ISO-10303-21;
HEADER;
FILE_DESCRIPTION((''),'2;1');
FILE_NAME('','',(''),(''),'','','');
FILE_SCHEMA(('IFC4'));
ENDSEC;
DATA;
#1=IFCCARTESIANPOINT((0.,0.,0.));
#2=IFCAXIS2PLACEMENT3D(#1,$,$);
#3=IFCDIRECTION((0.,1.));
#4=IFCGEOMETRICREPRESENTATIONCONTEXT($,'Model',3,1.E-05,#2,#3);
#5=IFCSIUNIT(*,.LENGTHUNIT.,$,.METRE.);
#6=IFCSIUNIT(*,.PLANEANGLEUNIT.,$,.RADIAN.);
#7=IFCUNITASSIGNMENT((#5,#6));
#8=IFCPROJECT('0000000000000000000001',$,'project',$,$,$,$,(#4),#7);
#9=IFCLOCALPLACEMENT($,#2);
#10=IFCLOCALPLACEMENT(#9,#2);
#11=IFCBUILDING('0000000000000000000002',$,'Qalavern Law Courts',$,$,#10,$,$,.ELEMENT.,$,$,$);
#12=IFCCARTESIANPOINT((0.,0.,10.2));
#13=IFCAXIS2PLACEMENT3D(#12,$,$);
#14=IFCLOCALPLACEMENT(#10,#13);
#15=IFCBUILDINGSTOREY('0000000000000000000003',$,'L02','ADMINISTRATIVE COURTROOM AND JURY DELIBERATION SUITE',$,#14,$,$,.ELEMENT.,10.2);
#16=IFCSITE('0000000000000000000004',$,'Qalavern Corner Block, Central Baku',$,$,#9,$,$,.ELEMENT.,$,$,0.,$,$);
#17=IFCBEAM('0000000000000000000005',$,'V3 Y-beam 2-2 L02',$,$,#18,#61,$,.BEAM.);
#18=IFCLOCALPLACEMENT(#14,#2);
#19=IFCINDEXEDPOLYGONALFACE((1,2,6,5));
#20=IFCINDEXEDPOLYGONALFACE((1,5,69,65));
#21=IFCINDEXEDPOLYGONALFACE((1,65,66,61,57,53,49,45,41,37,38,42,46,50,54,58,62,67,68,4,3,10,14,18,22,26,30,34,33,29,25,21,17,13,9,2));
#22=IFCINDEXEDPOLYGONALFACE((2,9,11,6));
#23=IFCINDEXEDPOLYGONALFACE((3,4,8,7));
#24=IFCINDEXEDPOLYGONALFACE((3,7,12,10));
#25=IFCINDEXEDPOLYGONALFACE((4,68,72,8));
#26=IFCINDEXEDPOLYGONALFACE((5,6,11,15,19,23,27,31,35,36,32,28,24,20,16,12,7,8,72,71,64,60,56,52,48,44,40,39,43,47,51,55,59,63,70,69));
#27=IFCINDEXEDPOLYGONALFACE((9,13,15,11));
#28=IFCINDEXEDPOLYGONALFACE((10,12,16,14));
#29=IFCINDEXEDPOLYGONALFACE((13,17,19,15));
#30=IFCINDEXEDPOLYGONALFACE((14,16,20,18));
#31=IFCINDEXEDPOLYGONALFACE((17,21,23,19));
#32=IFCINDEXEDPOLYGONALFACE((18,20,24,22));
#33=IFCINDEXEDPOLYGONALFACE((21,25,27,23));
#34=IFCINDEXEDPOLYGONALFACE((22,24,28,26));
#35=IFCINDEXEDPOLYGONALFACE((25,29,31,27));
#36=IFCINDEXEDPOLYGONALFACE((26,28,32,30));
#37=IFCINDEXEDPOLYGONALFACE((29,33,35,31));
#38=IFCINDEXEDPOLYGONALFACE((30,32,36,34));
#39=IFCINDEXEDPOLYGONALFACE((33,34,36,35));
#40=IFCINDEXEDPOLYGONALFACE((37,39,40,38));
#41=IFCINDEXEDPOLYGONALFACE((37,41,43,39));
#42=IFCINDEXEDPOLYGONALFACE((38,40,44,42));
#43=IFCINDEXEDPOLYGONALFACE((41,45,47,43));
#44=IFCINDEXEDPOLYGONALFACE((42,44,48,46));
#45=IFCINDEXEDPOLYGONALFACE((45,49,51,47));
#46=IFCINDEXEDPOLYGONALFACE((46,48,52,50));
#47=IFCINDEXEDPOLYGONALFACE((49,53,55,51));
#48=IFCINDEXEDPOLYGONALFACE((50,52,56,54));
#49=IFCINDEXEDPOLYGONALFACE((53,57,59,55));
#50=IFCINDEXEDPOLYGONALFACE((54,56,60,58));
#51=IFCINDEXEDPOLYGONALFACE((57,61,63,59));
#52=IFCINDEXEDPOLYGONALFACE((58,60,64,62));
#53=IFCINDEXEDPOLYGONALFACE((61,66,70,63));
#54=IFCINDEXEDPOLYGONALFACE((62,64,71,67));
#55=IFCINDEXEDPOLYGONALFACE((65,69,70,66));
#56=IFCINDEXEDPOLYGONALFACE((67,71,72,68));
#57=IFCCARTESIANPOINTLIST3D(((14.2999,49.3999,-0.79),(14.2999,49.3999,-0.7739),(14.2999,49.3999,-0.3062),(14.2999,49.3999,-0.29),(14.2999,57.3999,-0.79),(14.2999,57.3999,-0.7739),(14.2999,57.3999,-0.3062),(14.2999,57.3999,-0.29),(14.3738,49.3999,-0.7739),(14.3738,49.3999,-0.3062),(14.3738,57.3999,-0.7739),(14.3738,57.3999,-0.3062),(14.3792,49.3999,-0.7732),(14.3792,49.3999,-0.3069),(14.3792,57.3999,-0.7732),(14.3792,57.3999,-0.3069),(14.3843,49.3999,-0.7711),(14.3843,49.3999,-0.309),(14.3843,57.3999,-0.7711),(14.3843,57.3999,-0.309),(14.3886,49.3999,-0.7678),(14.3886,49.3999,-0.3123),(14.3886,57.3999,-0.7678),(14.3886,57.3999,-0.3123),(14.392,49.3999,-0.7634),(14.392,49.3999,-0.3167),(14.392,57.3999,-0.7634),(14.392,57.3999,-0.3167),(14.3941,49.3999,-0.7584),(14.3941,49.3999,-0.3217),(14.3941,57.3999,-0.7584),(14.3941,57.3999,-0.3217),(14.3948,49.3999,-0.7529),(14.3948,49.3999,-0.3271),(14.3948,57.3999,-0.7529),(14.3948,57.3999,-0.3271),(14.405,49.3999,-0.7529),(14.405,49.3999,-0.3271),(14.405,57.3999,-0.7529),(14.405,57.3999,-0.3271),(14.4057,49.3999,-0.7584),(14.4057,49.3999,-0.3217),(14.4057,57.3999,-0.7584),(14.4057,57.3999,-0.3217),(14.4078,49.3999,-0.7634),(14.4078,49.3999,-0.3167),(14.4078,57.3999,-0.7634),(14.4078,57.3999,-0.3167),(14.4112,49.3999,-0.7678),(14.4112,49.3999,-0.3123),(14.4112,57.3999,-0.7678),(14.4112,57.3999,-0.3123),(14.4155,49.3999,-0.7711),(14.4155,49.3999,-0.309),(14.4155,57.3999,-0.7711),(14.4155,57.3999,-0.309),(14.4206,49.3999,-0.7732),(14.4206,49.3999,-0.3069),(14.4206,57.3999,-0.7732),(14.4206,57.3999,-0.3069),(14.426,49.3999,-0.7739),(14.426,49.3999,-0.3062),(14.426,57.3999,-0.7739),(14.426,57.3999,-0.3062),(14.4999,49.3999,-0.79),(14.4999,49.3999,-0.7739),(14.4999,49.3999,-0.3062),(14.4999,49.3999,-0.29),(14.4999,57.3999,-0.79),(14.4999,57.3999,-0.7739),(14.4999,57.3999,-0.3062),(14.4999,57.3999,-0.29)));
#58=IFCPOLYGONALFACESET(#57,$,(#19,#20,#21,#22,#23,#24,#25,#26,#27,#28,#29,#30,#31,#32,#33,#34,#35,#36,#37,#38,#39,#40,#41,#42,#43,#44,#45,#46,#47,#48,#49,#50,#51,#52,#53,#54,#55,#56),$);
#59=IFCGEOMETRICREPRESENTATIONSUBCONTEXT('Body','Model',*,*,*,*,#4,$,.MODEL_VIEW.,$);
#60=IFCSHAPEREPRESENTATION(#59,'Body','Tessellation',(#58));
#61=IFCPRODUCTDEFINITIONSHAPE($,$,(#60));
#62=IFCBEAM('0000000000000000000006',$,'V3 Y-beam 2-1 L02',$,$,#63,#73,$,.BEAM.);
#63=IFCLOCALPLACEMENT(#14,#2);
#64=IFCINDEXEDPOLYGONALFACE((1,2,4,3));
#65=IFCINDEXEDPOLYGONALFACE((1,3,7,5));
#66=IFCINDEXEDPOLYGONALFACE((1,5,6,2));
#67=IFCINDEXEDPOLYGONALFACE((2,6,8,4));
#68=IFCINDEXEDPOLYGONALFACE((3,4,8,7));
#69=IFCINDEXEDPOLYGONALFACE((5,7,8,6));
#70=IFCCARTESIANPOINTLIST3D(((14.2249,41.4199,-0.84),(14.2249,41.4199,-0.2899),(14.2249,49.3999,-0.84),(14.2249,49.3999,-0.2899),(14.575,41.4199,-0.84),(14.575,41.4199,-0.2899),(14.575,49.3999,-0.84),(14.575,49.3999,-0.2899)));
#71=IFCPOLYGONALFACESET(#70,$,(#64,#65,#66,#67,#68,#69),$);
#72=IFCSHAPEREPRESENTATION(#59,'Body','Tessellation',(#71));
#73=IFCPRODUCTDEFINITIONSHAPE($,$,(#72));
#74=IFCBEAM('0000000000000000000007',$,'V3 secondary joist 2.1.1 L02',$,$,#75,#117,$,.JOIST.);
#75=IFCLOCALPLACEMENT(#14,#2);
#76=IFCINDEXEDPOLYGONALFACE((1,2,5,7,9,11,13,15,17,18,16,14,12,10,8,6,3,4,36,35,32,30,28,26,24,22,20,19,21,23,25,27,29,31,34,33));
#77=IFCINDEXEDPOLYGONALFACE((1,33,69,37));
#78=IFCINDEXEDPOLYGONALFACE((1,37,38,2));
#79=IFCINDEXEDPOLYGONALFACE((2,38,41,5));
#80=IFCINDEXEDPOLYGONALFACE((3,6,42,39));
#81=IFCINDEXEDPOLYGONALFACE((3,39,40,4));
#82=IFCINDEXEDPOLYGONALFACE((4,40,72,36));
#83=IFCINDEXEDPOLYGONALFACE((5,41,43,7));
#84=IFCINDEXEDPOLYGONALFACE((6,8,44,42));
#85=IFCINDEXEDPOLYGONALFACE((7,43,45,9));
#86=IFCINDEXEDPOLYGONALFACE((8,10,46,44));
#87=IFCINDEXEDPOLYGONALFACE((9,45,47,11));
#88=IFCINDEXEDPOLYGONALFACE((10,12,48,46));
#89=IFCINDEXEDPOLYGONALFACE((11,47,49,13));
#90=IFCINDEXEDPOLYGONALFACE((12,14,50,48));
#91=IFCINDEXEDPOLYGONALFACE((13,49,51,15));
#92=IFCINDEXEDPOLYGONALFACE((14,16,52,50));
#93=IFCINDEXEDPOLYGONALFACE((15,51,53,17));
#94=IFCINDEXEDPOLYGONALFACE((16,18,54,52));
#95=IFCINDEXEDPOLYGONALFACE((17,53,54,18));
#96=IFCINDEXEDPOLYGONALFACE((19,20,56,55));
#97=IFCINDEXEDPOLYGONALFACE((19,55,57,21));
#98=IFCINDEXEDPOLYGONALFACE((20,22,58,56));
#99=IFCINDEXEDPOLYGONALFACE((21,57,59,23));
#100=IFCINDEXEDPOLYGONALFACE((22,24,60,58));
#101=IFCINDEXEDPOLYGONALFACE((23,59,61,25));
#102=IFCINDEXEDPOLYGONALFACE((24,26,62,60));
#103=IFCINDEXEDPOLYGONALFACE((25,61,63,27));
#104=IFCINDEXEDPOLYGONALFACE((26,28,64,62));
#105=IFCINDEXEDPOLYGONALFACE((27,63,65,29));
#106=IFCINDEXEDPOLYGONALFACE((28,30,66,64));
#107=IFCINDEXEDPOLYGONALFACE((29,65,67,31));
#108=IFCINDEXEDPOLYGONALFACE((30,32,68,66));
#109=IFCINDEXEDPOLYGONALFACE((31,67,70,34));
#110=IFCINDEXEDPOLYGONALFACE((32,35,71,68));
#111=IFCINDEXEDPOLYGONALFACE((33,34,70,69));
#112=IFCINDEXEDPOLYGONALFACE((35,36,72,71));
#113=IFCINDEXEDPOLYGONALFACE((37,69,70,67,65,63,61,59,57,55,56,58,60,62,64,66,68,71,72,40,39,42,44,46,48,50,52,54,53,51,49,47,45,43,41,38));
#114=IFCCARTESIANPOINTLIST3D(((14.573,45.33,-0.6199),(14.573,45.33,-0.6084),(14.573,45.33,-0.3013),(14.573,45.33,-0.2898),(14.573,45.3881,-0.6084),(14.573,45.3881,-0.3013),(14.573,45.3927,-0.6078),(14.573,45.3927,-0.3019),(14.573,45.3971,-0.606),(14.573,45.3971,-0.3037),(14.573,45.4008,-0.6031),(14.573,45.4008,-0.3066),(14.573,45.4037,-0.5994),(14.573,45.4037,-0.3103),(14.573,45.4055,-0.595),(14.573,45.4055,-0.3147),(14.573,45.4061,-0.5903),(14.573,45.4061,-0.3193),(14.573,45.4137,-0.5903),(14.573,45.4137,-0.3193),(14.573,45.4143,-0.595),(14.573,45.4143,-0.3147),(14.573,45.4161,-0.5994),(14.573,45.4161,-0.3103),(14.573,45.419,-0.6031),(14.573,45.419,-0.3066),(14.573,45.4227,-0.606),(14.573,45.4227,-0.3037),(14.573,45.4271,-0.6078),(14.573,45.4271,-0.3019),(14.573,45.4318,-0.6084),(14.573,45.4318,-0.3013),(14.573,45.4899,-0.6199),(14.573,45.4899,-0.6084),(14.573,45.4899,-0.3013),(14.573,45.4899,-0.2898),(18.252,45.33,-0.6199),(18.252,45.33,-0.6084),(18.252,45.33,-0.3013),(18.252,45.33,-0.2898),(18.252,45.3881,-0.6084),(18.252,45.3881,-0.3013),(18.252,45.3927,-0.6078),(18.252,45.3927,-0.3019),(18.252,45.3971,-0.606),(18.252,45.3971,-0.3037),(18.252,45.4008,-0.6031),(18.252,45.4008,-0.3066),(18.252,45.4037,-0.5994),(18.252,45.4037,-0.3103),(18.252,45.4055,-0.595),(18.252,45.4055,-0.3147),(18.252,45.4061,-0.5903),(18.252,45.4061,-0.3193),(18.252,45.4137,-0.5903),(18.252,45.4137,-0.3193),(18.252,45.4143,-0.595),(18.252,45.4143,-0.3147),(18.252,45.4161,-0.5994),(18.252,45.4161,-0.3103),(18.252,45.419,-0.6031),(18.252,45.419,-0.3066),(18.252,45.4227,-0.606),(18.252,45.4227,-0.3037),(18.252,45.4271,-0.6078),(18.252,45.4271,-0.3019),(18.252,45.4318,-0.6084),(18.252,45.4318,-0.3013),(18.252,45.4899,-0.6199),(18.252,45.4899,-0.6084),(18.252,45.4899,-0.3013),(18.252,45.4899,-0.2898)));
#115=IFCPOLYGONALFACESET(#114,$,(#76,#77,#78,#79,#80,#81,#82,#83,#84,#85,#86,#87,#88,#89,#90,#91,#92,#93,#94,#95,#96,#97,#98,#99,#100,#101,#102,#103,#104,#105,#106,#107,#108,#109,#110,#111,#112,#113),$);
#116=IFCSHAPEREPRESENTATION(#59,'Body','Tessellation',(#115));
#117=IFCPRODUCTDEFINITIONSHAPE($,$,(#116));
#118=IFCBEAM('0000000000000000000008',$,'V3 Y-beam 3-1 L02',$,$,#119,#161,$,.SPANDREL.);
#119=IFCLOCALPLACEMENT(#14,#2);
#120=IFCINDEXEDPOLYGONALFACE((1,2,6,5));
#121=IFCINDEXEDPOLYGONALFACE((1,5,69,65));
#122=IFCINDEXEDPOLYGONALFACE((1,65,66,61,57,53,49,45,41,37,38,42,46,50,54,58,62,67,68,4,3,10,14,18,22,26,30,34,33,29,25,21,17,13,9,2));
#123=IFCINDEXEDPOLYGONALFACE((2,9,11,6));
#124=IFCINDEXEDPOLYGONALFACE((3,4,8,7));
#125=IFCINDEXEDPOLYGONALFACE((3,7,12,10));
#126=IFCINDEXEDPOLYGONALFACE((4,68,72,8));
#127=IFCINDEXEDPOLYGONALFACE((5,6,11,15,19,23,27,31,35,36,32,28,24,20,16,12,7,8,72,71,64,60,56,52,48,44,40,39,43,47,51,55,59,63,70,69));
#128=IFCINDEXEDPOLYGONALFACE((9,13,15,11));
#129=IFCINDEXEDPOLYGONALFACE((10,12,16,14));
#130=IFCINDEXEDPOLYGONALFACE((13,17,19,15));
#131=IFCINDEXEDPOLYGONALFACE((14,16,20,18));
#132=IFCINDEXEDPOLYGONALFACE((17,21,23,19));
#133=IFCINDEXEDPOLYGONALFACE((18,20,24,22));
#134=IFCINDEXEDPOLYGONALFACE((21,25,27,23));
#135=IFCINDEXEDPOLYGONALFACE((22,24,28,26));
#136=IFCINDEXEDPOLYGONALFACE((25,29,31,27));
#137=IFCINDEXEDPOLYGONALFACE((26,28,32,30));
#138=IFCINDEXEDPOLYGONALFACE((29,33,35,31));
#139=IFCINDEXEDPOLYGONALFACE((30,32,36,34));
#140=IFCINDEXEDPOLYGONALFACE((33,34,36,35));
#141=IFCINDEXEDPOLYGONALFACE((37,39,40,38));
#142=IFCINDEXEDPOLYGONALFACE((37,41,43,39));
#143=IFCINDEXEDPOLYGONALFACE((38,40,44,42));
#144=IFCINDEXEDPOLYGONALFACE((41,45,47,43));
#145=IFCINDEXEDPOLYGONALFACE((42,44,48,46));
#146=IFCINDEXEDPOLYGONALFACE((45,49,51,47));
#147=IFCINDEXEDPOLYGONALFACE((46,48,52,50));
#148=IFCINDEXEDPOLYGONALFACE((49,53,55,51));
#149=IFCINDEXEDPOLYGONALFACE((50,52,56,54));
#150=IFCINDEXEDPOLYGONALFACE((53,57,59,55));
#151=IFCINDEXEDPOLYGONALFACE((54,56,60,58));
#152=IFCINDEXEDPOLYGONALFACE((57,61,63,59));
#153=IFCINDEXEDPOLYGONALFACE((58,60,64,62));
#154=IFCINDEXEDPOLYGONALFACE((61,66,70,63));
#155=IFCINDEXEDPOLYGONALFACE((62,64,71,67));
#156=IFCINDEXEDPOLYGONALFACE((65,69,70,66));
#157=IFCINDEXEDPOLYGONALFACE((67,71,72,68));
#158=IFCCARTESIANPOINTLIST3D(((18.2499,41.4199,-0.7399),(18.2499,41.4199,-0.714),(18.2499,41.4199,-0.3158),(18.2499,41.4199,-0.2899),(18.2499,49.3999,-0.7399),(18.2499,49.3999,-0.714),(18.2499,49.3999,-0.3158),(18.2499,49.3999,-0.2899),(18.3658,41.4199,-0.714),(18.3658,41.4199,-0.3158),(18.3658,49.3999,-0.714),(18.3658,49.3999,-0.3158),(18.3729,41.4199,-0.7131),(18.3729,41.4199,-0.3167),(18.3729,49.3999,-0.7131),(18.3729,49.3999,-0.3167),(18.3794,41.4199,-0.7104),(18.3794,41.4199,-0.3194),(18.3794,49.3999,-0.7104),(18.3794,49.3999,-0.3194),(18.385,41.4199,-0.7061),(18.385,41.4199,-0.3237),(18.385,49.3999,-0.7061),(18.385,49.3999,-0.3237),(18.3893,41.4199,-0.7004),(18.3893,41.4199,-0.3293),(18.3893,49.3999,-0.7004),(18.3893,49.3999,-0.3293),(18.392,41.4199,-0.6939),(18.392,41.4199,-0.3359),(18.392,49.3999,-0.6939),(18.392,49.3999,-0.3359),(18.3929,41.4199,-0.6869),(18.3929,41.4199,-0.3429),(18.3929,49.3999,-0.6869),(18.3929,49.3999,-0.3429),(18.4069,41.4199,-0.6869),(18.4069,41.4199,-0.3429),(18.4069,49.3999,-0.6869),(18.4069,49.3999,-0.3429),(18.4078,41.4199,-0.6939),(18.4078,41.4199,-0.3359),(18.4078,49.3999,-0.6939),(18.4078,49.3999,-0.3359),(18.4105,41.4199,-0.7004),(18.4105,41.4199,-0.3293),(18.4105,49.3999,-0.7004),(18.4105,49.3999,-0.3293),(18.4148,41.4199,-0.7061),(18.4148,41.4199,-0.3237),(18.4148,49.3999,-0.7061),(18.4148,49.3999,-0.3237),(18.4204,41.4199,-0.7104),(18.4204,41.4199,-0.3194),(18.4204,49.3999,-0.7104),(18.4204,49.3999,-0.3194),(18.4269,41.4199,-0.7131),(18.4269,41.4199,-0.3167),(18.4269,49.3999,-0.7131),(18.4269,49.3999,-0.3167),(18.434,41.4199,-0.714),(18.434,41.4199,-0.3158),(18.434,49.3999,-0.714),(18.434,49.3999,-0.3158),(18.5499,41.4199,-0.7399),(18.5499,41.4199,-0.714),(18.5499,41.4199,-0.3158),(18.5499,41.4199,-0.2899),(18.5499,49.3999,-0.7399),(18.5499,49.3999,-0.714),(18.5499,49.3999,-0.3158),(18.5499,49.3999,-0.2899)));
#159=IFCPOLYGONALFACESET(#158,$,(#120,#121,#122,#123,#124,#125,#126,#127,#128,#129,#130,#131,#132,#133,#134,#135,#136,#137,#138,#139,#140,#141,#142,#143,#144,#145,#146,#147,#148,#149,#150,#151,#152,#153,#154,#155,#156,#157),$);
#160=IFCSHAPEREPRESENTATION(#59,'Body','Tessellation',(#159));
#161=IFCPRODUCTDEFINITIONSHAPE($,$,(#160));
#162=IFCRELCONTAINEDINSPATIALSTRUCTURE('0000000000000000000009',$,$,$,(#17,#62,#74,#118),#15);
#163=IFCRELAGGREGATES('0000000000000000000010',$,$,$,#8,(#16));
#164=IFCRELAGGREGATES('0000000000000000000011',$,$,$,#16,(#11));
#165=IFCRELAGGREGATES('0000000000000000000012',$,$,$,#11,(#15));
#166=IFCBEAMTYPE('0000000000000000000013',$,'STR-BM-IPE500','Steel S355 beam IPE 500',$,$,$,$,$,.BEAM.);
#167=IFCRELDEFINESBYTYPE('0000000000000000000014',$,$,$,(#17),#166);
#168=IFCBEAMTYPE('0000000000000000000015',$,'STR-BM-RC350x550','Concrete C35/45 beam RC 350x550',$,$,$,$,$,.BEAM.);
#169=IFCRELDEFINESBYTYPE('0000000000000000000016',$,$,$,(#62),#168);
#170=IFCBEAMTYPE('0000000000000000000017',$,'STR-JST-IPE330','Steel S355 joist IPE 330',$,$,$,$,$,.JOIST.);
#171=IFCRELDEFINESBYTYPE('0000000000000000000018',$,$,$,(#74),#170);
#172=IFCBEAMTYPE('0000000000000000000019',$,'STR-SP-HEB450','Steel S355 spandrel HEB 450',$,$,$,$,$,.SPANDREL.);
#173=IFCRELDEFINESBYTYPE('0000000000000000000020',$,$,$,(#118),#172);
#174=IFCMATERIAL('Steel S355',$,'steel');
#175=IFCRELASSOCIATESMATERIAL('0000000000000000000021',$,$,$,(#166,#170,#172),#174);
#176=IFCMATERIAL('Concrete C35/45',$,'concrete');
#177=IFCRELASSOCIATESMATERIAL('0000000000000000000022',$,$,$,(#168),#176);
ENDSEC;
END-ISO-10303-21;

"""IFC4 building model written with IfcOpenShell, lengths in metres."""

from ifc_helpers import new_model, si_unit, direction, frame, origin, origin_2d, place, context, subcontext, project, spatial, rectangle, i_section, extrude, material, material_profile, profile_set, type_object, element, save


model = new_model("IFC4")

# Units and contexts
model_context = context("Model", 3, precision=1e-05, world=origin(), true_north=direction((0.0, 1.0)))
body_context = subcontext(model_context, "Body", "Model", "MODEL_VIEW")
ifc_project = project(units=[si_unit("LENGTHUNIT", "METRE"), si_unit("PLANEANGLEUNIT", "RADIAN")], contexts=[model_context])

# Site, building, storey
site_placement = place(None, origin())
site = spatial("IfcSite", under=ifc_project, at=site_placement, Name="Qalavern Corner Block, Central Baku", CompositionType="ELEMENT", RefElevation=0.0)
building_placement = place(site_placement, origin())
building = spatial("IfcBuilding", under=site, at=building_placement, Name="Qalavern Law Courts", CompositionType="ELEMENT")
storey_placement = place(building_placement, frame((0.0, 0.0, 10.2)))
storey = spatial("IfcBuildingStorey", under=building, at=storey_placement, Name="L02", Description="ADMINISTRATIVE COURTROOM AND JURY DELIBERATION SUITE", CompositionType="ELEMENT", Elevation=10.2)

# Beams
ifc_material_1 = material(Name="Steel S355", Category="steel")
ifc_material_profile_1 = material_profile(ifc_material_1, i_section(OverallWidth=0.2, OverallDepth=0.5, WebThickness=0.0103, FlangeThickness=0.0161, FilletRadius=0.021, at=origin_2d()), Name="IPE 500")
ifc_profile_set_1 = profile_set([ifc_material_profile_1], Name="Steel S355")
beam_type_1 = type_object("IfcBeamType", Name="STR-BM-IPE500", Description="Steel S355 beam IPE 500", PredefinedType="BEAM", material=ifc_profile_set_1)
beam_1_placement = place(storey_placement, frame((14.3999, 49.3999, -0.54), z_axis=(0.0, 1.0, 0.0), x_axis=(-1.0, 0.0, 0.0)))
element("IfcBeam", 1, at=beam_1_placement, inside=storey, type_object=beam_type_1, Name="V3 Y-beam 2-2 L02", PredefinedType="BEAM", context=body_context, shape_type="SweptSolid", body=[
    extrude(i_section(OverallWidth=0.2, OverallDepth=0.5, WebThickness=0.0103, FlangeThickness=0.0161, FilletRadius=0.021, at=origin_2d()), origin(), (0.0, 0.0, 1.0), 8.0),
])
ifc_material_2 = material(Name="Concrete C35/45", Category="concrete")
ifc_material_profile_2 = material_profile(ifc_material_2, rectangle(XDim=0.3501, YDim=0.55, at=origin_2d()), Name="RC 350x550")
ifc_profile_set_2 = profile_set([ifc_material_profile_2], Name="Concrete C35/45")
beam_type_2 = type_object("IfcBeamType", Name="STR-BM-RC350x550", Description="Concrete C35/45 beam RC 350x550", PredefinedType="BEAM", material=ifc_profile_set_2)
beam_2_placement = place(storey_placement, frame((14.3999, 41.4199, -0.5649), z_axis=(0.0, 1.0, 0.0), x_axis=(-1.0, 0.0, 0.0)))
element("IfcBeam", 2, at=beam_2_placement, inside=storey, type_object=beam_type_2, Name="V3 Y-beam 2-1 L02", PredefinedType="BEAM", context=body_context, shape_type="SweptSolid", body=[
    extrude(rectangle(XDim=0.3501, YDim=0.55, at=origin_2d()), origin(), (0.0, 0.0, 1.0), 7.98),
])
ifc_material_profile_3 = material_profile(ifc_material_1, i_section(OverallWidth=0.1599, OverallDepth=0.3301, WebThickness=0.0076, FlangeThickness=0.0115, FilletRadius=0.0181, at=origin_2d()), Name="IPE 330")
ifc_profile_set_3 = profile_set([ifc_material_profile_3], Name="Steel S355")
beam_type_3 = type_object("IfcBeamType", Name="STR-JST-IPE330", Description="Steel S355 joist IPE 330", PredefinedType="JOIST", material=ifc_profile_set_3)
beam_3_placement = place(storey_placement, frame((14.573, 45.4099, -0.4548), z_axis=(1.0, 0.0, 0.0), x_axis=(0.0, 1.0, 0.0)))
element("IfcBeam", 3, at=beam_3_placement, inside=storey, type_object=beam_type_3, Name="V3 secondary joist 2.1.1 L02", PredefinedType="JOIST", context=body_context, shape_type="SweptSolid", body=[
    extrude(i_section(OverallWidth=0.1599, OverallDepth=0.3301, WebThickness=0.0076, FlangeThickness=0.0115, FilletRadius=0.0181, at=origin_2d()), origin(), (0.0, 0.0, 1.0), 3.679),
])
ifc_material_profile_4 = material_profile(ifc_material_1, i_section(OverallWidth=0.3, OverallDepth=0.45, WebThickness=0.0139, FlangeThickness=0.0259, FilletRadius=0.0271, at=origin_2d()), Name="HEB 450")
ifc_profile_set_4 = profile_set([ifc_material_profile_4], Name="Steel S355")
beam_type_4 = type_object("IfcBeamType", Name="STR-SP-HEB450", Description="Steel S355 spandrel HEB 450", PredefinedType="SPANDREL", material=ifc_profile_set_4)
beam_4_placement = place(storey_placement, frame((18.3999, 41.4199, -0.5149), z_axis=(0.0, 1.0, 0.0), x_axis=(-1.0, 0.0, 0.0)))
element("IfcBeam", 4, at=beam_4_placement, inside=storey, type_object=beam_type_4, Name="V3 Y-beam 3-1 L02", PredefinedType="SPANDREL", context=body_context, shape_type="SweptSolid", body=[
    extrude(i_section(OverallWidth=0.3, OverallDepth=0.45, WebThickness=0.0139, FlangeThickness=0.0259, FilletRadius=0.0271, at=origin_2d()), origin(), (0.0, 0.0, 1.0), 7.98),
])

save(model, "model.ifc")
